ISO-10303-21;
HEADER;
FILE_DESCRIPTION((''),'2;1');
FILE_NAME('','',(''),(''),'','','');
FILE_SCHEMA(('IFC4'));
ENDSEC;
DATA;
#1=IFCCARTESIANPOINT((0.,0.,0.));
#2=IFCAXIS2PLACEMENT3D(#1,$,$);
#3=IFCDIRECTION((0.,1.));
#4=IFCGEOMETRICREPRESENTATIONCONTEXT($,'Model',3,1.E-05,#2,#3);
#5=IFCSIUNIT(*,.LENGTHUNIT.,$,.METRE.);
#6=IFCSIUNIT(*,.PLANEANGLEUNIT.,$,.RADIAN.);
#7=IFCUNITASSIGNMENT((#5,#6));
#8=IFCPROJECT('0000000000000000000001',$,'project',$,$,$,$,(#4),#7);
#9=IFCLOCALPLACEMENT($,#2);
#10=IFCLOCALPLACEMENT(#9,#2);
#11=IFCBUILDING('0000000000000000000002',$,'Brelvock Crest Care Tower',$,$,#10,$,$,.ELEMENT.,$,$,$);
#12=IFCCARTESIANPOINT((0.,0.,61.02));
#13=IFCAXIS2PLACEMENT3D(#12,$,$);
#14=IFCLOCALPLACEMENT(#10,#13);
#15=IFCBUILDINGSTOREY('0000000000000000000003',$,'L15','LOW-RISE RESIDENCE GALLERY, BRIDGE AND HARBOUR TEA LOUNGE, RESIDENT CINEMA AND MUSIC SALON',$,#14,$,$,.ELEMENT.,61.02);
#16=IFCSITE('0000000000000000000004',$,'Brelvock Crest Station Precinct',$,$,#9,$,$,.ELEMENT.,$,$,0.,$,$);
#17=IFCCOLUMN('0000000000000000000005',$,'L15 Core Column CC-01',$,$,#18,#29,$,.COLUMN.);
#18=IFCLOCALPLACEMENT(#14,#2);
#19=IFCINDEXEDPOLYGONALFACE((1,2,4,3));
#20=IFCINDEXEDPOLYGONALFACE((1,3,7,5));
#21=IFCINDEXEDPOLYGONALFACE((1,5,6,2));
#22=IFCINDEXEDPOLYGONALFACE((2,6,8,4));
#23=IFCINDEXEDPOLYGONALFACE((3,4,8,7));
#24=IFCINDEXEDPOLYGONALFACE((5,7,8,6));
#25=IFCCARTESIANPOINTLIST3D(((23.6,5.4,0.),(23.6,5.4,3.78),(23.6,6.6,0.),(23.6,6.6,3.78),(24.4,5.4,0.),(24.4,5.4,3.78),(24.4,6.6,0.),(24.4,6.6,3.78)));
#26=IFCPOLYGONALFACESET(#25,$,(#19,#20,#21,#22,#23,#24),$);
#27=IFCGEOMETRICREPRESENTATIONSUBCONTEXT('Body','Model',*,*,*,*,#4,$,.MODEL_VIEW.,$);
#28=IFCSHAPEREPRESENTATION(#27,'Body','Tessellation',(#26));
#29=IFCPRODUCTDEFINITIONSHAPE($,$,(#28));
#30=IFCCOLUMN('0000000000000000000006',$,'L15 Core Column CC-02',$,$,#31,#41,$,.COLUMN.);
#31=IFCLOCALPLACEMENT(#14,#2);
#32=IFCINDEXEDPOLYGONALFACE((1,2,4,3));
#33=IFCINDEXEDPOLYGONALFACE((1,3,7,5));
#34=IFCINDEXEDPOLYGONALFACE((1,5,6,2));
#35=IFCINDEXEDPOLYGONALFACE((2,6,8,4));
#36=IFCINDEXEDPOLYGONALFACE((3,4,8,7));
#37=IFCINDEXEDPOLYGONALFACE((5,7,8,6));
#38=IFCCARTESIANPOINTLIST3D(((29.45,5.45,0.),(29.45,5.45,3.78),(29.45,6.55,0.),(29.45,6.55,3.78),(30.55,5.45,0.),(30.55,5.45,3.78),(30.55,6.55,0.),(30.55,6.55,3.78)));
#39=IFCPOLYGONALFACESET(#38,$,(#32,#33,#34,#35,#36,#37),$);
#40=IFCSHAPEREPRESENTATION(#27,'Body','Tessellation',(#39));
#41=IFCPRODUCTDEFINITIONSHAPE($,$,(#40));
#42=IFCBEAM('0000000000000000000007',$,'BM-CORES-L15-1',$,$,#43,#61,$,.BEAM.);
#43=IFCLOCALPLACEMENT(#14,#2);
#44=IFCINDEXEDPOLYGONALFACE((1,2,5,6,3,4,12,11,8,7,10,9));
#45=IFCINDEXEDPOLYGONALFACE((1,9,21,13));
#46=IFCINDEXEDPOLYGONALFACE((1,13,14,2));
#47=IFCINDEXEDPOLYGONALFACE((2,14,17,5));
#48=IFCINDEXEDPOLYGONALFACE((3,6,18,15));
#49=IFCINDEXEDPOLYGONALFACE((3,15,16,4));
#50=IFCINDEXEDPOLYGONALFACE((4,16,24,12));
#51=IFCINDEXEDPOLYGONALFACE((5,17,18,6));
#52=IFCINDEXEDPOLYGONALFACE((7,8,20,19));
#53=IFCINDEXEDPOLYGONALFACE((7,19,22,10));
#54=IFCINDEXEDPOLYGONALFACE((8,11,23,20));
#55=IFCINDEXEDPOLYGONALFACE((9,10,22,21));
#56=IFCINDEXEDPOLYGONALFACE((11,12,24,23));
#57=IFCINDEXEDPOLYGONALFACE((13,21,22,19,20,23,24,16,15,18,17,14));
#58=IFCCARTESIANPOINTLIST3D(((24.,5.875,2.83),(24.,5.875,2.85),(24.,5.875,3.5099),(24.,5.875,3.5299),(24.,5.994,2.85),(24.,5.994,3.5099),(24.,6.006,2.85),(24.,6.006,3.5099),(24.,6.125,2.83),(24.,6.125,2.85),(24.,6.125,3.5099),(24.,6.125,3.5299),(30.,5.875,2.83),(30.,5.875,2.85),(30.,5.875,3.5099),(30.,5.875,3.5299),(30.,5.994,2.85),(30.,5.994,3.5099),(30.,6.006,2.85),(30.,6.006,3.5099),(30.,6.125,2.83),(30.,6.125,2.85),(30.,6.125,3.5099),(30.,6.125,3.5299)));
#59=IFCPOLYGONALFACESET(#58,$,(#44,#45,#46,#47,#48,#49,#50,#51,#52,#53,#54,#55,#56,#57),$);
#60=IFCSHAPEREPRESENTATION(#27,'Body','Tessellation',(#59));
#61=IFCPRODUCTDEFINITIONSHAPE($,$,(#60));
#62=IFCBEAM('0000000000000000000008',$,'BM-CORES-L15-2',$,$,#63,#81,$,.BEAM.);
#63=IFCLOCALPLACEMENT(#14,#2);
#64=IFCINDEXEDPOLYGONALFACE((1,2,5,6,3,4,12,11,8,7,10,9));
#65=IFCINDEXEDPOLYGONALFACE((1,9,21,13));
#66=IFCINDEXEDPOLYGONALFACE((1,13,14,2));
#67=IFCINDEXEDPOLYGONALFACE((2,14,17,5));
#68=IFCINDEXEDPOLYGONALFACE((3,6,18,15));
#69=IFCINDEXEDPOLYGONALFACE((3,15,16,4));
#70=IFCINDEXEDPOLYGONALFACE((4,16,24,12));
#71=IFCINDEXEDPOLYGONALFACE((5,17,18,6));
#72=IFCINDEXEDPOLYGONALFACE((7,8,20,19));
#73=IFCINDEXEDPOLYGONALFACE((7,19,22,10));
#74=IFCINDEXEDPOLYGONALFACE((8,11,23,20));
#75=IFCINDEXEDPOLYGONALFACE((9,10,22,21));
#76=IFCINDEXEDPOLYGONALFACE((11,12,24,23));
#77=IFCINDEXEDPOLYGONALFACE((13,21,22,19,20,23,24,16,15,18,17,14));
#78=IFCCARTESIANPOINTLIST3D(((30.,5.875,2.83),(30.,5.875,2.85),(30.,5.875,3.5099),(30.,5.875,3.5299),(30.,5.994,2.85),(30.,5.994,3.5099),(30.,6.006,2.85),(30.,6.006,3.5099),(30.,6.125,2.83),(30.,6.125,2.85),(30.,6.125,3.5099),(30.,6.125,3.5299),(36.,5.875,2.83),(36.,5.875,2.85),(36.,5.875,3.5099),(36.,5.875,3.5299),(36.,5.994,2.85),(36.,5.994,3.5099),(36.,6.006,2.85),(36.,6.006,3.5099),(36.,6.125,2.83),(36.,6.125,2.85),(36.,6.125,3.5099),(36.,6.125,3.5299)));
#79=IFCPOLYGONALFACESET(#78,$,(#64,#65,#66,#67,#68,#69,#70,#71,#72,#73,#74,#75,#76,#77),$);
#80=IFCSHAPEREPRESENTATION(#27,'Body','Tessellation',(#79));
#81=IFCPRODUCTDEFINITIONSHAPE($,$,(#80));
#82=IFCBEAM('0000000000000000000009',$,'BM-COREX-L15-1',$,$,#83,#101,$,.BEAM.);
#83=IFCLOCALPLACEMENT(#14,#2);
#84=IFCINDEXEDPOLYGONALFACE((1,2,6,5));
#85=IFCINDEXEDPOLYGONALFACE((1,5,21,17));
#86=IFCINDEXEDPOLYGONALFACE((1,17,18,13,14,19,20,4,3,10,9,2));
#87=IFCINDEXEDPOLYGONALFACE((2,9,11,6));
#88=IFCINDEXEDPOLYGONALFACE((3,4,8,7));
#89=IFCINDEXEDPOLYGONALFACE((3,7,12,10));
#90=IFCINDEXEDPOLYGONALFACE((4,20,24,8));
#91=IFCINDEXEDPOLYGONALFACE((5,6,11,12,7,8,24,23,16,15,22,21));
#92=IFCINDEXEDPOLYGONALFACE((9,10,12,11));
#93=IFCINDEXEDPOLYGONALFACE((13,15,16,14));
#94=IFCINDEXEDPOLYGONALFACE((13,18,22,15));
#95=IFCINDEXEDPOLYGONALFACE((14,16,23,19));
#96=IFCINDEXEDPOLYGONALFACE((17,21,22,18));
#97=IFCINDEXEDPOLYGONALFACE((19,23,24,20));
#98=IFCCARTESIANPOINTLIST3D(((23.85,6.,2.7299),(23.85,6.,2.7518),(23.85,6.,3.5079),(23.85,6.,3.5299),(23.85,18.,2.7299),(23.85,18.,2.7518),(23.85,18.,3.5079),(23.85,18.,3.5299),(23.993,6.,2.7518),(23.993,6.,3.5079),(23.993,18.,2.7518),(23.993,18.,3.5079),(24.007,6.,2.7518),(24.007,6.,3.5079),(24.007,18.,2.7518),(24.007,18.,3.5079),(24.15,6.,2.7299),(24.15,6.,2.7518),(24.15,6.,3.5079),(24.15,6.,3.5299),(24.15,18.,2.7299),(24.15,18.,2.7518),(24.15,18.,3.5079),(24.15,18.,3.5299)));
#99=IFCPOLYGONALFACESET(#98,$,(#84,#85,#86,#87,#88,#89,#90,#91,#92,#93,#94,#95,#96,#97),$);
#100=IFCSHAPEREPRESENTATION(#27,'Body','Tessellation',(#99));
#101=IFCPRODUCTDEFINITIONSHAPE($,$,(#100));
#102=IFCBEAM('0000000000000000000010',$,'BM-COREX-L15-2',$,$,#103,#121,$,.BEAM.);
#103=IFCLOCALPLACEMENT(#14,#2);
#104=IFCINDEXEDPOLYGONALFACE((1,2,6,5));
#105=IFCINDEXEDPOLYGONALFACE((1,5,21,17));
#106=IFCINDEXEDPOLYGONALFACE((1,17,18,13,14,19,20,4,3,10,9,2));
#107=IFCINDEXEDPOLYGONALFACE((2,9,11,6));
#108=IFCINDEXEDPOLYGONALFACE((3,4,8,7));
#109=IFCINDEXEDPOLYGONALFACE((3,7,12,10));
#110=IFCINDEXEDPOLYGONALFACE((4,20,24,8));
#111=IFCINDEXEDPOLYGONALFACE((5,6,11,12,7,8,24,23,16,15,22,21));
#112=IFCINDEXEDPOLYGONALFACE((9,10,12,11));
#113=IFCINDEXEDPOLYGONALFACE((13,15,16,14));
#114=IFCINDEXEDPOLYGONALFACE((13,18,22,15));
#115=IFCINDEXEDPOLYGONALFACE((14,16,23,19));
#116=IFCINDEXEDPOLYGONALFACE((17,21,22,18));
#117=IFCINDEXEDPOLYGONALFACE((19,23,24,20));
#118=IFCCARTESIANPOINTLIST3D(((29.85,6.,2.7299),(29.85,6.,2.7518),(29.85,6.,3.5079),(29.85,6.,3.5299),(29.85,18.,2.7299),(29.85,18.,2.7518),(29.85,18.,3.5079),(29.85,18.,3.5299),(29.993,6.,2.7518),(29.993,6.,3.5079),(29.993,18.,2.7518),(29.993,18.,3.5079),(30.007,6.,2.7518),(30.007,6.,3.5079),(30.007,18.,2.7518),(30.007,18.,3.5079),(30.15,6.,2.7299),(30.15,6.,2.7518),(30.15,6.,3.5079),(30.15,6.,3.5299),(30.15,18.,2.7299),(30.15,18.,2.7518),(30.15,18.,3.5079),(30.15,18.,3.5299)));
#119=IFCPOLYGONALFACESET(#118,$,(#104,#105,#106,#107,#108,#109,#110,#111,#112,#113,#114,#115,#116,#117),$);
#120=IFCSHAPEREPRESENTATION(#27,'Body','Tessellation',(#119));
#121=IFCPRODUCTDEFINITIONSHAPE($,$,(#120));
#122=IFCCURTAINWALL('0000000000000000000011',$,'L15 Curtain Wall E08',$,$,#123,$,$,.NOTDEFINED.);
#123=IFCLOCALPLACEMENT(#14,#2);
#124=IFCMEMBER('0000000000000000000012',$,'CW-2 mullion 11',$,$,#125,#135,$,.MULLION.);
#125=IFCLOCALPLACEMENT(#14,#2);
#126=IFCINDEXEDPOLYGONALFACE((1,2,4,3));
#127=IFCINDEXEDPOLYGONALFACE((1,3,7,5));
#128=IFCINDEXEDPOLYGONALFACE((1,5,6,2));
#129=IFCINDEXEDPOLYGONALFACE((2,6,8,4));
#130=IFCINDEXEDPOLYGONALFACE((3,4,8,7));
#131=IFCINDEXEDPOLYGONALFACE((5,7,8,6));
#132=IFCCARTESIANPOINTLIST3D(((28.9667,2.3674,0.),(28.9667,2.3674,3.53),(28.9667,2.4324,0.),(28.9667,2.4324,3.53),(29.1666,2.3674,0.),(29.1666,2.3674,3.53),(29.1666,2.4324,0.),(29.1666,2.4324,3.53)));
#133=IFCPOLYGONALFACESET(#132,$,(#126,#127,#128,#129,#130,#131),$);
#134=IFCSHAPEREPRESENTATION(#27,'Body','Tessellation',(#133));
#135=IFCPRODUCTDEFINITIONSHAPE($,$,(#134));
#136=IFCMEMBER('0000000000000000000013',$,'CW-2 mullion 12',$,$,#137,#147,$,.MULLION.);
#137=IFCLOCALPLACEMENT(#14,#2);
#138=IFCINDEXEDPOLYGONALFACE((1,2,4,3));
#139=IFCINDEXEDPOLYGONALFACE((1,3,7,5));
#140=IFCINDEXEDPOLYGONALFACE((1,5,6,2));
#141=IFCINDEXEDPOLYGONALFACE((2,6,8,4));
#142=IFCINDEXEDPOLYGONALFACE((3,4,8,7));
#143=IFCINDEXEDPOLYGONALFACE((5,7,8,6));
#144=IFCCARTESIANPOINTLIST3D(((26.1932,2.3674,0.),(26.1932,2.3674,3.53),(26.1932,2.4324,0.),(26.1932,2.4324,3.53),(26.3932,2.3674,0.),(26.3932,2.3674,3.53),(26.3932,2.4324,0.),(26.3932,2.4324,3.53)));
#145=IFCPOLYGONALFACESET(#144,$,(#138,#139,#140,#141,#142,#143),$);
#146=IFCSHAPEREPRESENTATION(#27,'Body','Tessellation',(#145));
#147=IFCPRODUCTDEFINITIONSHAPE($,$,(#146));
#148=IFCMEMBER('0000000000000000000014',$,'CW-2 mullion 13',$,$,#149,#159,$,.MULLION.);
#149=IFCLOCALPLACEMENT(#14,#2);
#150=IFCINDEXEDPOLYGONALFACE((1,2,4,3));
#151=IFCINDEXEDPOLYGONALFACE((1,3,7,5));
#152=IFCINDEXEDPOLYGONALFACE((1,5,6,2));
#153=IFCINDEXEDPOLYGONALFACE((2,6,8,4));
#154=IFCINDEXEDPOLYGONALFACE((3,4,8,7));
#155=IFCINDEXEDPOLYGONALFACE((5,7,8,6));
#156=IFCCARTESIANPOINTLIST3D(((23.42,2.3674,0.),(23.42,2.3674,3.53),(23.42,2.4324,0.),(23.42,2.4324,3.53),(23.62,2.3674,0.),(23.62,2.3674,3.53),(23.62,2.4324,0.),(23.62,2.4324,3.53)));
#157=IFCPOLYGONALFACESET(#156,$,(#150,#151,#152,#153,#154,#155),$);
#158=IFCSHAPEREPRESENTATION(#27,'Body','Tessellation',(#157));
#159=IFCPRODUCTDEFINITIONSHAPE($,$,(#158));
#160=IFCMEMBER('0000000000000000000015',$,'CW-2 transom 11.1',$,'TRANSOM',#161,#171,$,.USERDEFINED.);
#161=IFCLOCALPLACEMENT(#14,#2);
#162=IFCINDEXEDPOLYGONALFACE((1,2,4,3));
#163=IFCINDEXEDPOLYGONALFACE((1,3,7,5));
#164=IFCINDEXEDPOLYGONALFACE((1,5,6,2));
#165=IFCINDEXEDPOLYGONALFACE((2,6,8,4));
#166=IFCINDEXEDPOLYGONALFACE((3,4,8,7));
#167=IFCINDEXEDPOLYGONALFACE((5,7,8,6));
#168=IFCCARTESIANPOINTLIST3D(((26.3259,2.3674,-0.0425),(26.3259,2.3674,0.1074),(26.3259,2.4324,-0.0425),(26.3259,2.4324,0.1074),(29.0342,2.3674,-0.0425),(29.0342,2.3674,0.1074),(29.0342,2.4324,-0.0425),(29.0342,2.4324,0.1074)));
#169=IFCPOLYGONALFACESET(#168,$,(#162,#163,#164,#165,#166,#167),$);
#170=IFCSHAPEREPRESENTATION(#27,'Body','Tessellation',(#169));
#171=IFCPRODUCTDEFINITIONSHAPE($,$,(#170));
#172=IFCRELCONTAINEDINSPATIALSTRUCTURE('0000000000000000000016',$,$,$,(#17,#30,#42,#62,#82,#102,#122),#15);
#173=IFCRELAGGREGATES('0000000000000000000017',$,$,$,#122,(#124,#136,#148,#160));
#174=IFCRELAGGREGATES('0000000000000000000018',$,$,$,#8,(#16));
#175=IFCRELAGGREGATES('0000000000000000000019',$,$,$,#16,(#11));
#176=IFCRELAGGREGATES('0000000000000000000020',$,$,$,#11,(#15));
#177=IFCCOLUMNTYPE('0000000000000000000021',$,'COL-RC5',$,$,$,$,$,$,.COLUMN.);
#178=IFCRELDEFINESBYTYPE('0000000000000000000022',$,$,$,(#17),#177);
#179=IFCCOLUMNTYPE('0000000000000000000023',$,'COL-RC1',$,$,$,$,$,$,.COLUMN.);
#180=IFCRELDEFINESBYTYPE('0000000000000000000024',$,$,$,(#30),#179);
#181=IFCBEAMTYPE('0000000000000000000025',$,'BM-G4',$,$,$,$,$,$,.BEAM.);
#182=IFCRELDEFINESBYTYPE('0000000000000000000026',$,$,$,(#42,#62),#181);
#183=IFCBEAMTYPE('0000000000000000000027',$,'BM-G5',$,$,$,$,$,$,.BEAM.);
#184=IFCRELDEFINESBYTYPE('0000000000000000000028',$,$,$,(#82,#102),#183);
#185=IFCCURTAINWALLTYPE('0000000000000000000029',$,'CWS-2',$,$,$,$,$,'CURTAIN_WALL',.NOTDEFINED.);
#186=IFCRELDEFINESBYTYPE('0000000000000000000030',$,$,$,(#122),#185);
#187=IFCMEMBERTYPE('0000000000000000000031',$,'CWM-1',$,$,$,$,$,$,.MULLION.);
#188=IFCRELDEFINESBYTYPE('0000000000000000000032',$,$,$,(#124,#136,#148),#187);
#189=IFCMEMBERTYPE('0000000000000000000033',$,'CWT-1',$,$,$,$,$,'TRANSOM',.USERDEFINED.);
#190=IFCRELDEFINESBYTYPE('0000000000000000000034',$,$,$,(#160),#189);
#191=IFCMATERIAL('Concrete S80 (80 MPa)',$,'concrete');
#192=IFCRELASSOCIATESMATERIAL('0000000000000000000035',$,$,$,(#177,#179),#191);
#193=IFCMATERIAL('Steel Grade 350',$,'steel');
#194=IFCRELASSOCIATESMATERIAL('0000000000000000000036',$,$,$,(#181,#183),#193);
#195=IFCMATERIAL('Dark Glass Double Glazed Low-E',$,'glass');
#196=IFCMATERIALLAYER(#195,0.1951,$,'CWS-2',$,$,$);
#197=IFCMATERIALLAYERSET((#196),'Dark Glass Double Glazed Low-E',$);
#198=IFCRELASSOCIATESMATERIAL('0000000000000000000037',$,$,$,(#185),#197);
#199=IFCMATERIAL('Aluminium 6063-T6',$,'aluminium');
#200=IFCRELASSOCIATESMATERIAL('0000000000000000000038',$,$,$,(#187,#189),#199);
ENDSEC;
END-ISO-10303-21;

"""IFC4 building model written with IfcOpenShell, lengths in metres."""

from ifc_helpers import new_model, si_unit, direction, frame, origin, origin_2d, place, context, subcontext, project, spatial, rectangle, i_section, extrude, source, transform, mapped, material, layer, layer_set, material_profile, profile_set, type_object, element, aggregate, save


model = new_model("IFC4")

# Units and contexts
model_context = context("Model", 3, precision=1e-05, world=origin(), true_north=direction((0.0, 1.0)))
body_context = subcontext(model_context, "Body", "Model", "MODEL_VIEW")
ifc_project = project(units=[si_unit("LENGTHUNIT", "METRE"), si_unit("PLANEANGLEUNIT", "RADIAN")], contexts=[model_context])

# Site, building, storey
site_placement = place(None, origin())
site = spatial("IfcSite", under=ifc_project, at=site_placement, Name="Brelvock Crest Station Precinct", CompositionType="ELEMENT", RefElevation=0.0)
building_placement = place(site_placement, origin())
building = spatial("IfcBuilding", under=site, at=building_placement, Name="Brelvock Crest Care Tower", CompositionType="ELEMENT")
storey_placement = place(building_placement, frame((0.0, 0.0, 61.02)))
storey = spatial("IfcBuildingStorey", under=building, at=storey_placement, Name="L15", Description="LOW-RISE RESIDENCE GALLERY, BRIDGE AND HARBOUR TEA LOUNGE, RESIDENT CINEMA AND MUSIC SALON", CompositionType="ELEMENT", Elevation=61.02)

# Columns
ifc_material_1 = material(Name="Concrete S80 (80 MPa)", Category="concrete")
ifc_material_profile_1 = material_profile(ifc_material_1, rectangle(XDim=0.8, YDim=1.2, at=origin_2d()), Name="RC800x1200")
ifc_profile_set_1 = profile_set([ifc_material_profile_1], Name="Concrete S80 (80 MPa)")
column_type_1 = type_object("IfcColumnType", Name="COL-RC5", PredefinedType="COLUMN", material=ifc_profile_set_1)
shared_shape_1 = source(origin(), body_context, "Body", "SweptSolid", [
    extrude(rectangle(XDim=0.8, YDim=1.2, at=origin_2d()), origin(), (0.0, 0.0, 1.0), 3.78),
])
column_1_placement = place(storey_placement, frame((24.0, 6.0, 0.0), z_axis=(0.0, 0.0, 1.0), x_axis=(1.0, 0.0, 0.0)))
element("IfcColumn", 1, at=column_1_placement, inside=storey, type_object=column_type_1, Name="L15 Core Column CC-01", PredefinedType="COLUMN", context=body_context, shape_type="MappedRepresentation", body=[
    mapped(shared_shape_1, transform((0.0, 0.0, 0.0), x_axis=(1.0, 0.0, 0.0), y_axis=(0.0, 1.0, 0.0), z_axis=(0.0, 0.0, 1.0), scale=1.0)),
])
ifc_material_profile_2 = material_profile(ifc_material_1, rectangle(XDim=1.1001, YDim=1.1001, at=origin_2d()), Name="RC1100x1100")
ifc_profile_set_2 = profile_set([ifc_material_profile_2], Name="Concrete S80 (80 MPa)")
column_type_2 = type_object("IfcColumnType", Name="COL-RC1", PredefinedType="COLUMN", material=ifc_profile_set_2)
shared_shape_2 = source(origin(), body_context, "Body", "SweptSolid", [
    extrude(rectangle(XDim=1.1001, YDim=1.1001, at=origin_2d()), origin(), (0.0, 0.0, 1.0), 3.78),
])
column_2_placement = place(storey_placement, frame((30.0, 6.0, 0.0), z_axis=(0.0, 0.0, 1.0), x_axis=(1.0, 0.0, 0.0)))
element("IfcColumn", 2, at=column_2_placement, inside=storey, type_object=column_type_2, Name="L15 Core Column CC-02", PredefinedType="COLUMN", context=body_context, shape_type="MappedRepresentation", body=[
    mapped(shared_shape_2, transform((0.0, 0.0, 0.0), x_axis=(1.0, 0.0, 0.0), y_axis=(0.0, 1.0, 0.0), z_axis=(0.0, 0.0, 1.0), scale=1.0)),
])

# Beams
ifc_material_2 = material(Name="Steel Grade 350", Category="steel")
ifc_material_profile_3 = material_profile(ifc_material_2, i_section(OverallWidth=0.25, OverallDepth=0.7, WebThickness=0.012, FlangeThickness=0.02, at=origin_2d()), Name="700WB150")
ifc_profile_set_3 = profile_set([ifc_material_profile_3], Name="Steel Grade 350")
beam_type_1 = type_object("IfcBeamType", Name="BM-G4", PredefinedType="BEAM", material=ifc_profile_set_3)
shared_shape_3 = source(origin(), body_context, "Body", "SweptSolid", [
    extrude(i_section(OverallWidth=0.25, OverallDepth=0.7, WebThickness=0.012, FlangeThickness=0.02, at=origin_2d()), origin(), (0.0, 0.0, 1.0), 6.0),
])
for number, where, z_axis, x_axis, name in (
    (3, (24.0, 6.0, 3.1799), (1.0, 0.0, 0.0), (0.0, 1.0, 0.0), "BM-CORES-L15-1"),
    (4, (30.0, 6.0, 3.1799), (1.0, 0.0, 0.0), (0.0, 1.0, 0.0), "BM-CORES-L15-2"),
):
    element("IfcBeam", number, at=place(storey_placement, frame(where, z_axis=z_axis, x_axis=x_axis)), inside=storey, type_object=beam_type_1, Name=name, PredefinedType="BEAM", context=body_context, shape_type="MappedRepresentation", body=[
        mapped(shared_shape_3, transform((0.0, 0.0, 0.0), x_axis=(1.0, 0.0, 0.0), y_axis=(0.0, 1.0, 0.0), z_axis=(0.0, 0.0, 1.0), scale=1.0)),
    ])
ifc_material_profile_4 = material_profile(ifc_material_2, i_section(OverallWidth=0.3, OverallDepth=0.8, WebThickness=0.0139, FlangeThickness=0.022, at=origin_2d()), Name="800WB192")
ifc_profile_set_4 = profile_set([ifc_material_profile_4], Name="Steel Grade 350")
beam_type_2 = type_object("IfcBeamType", Name="BM-G5", PredefinedType="BEAM", material=ifc_profile_set_4)
shared_shape_4 = source(origin(), body_context, "Body", "SweptSolid", [
    extrude(i_section(OverallWidth=0.3, OverallDepth=0.8, WebThickness=0.0139, FlangeThickness=0.022, at=origin_2d()), origin(), (0.0, 0.0, 1.0), 12.0),
])
for number, where, z_axis, x_axis, name in (
    (5, (24.0, 6.0, 3.1299), (0.0, 1.0, 0.0), (-1.0, 0.0, 0.0), "BM-COREX-L15-1"),
    (6, (30.0, 6.0, 3.1299), (0.0, 1.0, 0.0), (-1.0, 0.0, 0.0), "BM-COREX-L15-2"),
):
    element("IfcBeam", number, at=place(storey_placement, frame(where, z_axis=z_axis, x_axis=x_axis)), inside=storey, type_object=beam_type_2, Name=name, PredefinedType="BEAM", context=body_context, shape_type="MappedRepresentation", body=[
        mapped(shared_shape_4, transform((0.0, 0.0, 0.0), x_axis=(1.0, 0.0, 0.0), y_axis=(0.0, 1.0, 0.0), z_axis=(0.0, 0.0, 1.0), scale=1.0)),
    ])

# Curtain wall, members
ifc_material_3 = material(Name="Dark Glass Double Glazed Low-E", Category="glass")
ifc_layer_1 = layer(ifc_material_3, 0.1951, Name="CWS-2")
ifc_layer_set_1 = layer_set([ifc_layer_1], Name="Dark Glass Double Glazed Low-E")
curtain_wall_type = type_object("IfcCurtainWallType", Name="CWS-2", ElementType="CURTAIN_WALL", PredefinedType="NOTDEFINED", material=ifc_layer_set_1)
curtain_wall_placement = place(storey_placement, origin())
curtain_wall = element("IfcCurtainWall", 7, at=curtain_wall_placement, inside=storey, type_object=curtain_wall_type, Name="L15 Curtain Wall E08", PredefinedType="NOTDEFINED")
ifc_material_4 = material(Name="Aluminium 6063-T6", Category="aluminium")
ifc_material_profile_5 = material_profile(ifc_material_4, rectangle(XDim=0.0649, YDim=0.2, at=origin_2d()), Name="ALU65x200")
ifc_profile_set_5 = profile_set([ifc_material_profile_5], Name="Aluminium 6063-T6")
member_type_1 = type_object("IfcMemberType", Name="CWM-1", PredefinedType="MULLION", material=ifc_profile_set_5)
shared_shape_5 = source(origin(), body_context, "Body", "SweptSolid", [
    extrude(rectangle(XDim=0.0649, YDim=0.2, at=origin_2d()), origin(), (0.0, 0.0, 1.0), 3.53),
])
member_1_placement = place(storey_placement, frame((29.0667, 2.3999, 0.0), z_axis=(0.0, 0.0, 1.0), x_axis=(0.0, -1.0, 0.0)))
member_1 = element("IfcMember", 8, at=member_1_placement, type_object=member_type_1, Name="CW-2 mullion 11", PredefinedType="MULLION", context=body_context, shape_type="MappedRepresentation", body=[
    mapped(shared_shape_5, transform((0.0, 0.0, 0.0), x_axis=(1.0, 0.0, 0.0), y_axis=(0.0, 1.0, 0.0), z_axis=(0.0, 0.0, 1.0), scale=1.0)),
])
member_2_placement = place(storey_placement, frame((26.2932, 2.3999, 0.0), z_axis=(0.0, 0.0, 1.0), x_axis=(0.0, -1.0, 0.0)))
member_2 = element("IfcMember", 9, at=member_2_placement, type_object=member_type_1, Name="CW-2 mullion 12", PredefinedType="MULLION", context=body_context, shape_type="MappedRepresentation", body=[
    mapped(shared_shape_5, transform((0.0, 0.0, 0.0), x_axis=(1.0, 0.0, 0.0), y_axis=(0.0, 1.0, 0.0), z_axis=(0.0, 0.0, 1.0), scale=1.0)),
])
member_3_placement = place(storey_placement, frame((23.52, 2.3999, 0.0), z_axis=(0.0, 0.0, 1.0), x_axis=(0.0, -1.0, 0.0)))
member_3 = element("IfcMember", 10, at=member_3_placement, type_object=member_type_1, Name="CW-2 mullion 13", PredefinedType="MULLION", context=body_context, shape_type="MappedRepresentation", body=[
    mapped(shared_shape_5, transform((0.0, 0.0, 0.0), x_axis=(1.0, 0.0, 0.0), y_axis=(0.0, 1.0, 0.0), z_axis=(0.0, 0.0, 1.0), scale=1.0)),
])
ifc_material_profile_6 = material_profile(ifc_material_4, rectangle(XDim=0.0649, YDim=0.1499, at=origin_2d()), Name="ALU65x150")
ifc_profile_set_6 = profile_set([ifc_material_profile_6], Name="Aluminium 6063-T6")
member_type_2 = type_object("IfcMemberType", Name="CWT-1", ElementType="TRANSOM", PredefinedType="USERDEFINED", material=ifc_profile_set_6)
shared_shape_6 = source(origin(), body_context, "Body", "SweptSolid", [
    extrude(rectangle(XDim=0.0649, YDim=0.1499, at=origin_2d()), origin(), (0.0, 0.0, 1.0), 2.7083),
])
member_4_placement = place(storey_placement, frame((29.0342, 2.3999, 0.0325), z_axis=(-1.0, 0.0, 0.0), x_axis=(0.0, -1.0, 0.0)))
member_4 = element("IfcMember", 11, at=member_4_placement, type_object=member_type_2, Name="CW-2 transom 11.1", ObjectType="TRANSOM", PredefinedType="USERDEFINED", context=body_context, shape_type="MappedRepresentation", body=[
    mapped(shared_shape_6, transform((0.0, 0.0, 0.0), x_axis=(1.0, 0.0, 0.0), y_axis=(0.0, 1.0, 0.0), z_axis=(0.0, 0.0, 1.0), scale=1.0)),
])
aggregate(curtain_wall, [member_1, member_2, member_3, member_4])

save(model, "model.ifc")
